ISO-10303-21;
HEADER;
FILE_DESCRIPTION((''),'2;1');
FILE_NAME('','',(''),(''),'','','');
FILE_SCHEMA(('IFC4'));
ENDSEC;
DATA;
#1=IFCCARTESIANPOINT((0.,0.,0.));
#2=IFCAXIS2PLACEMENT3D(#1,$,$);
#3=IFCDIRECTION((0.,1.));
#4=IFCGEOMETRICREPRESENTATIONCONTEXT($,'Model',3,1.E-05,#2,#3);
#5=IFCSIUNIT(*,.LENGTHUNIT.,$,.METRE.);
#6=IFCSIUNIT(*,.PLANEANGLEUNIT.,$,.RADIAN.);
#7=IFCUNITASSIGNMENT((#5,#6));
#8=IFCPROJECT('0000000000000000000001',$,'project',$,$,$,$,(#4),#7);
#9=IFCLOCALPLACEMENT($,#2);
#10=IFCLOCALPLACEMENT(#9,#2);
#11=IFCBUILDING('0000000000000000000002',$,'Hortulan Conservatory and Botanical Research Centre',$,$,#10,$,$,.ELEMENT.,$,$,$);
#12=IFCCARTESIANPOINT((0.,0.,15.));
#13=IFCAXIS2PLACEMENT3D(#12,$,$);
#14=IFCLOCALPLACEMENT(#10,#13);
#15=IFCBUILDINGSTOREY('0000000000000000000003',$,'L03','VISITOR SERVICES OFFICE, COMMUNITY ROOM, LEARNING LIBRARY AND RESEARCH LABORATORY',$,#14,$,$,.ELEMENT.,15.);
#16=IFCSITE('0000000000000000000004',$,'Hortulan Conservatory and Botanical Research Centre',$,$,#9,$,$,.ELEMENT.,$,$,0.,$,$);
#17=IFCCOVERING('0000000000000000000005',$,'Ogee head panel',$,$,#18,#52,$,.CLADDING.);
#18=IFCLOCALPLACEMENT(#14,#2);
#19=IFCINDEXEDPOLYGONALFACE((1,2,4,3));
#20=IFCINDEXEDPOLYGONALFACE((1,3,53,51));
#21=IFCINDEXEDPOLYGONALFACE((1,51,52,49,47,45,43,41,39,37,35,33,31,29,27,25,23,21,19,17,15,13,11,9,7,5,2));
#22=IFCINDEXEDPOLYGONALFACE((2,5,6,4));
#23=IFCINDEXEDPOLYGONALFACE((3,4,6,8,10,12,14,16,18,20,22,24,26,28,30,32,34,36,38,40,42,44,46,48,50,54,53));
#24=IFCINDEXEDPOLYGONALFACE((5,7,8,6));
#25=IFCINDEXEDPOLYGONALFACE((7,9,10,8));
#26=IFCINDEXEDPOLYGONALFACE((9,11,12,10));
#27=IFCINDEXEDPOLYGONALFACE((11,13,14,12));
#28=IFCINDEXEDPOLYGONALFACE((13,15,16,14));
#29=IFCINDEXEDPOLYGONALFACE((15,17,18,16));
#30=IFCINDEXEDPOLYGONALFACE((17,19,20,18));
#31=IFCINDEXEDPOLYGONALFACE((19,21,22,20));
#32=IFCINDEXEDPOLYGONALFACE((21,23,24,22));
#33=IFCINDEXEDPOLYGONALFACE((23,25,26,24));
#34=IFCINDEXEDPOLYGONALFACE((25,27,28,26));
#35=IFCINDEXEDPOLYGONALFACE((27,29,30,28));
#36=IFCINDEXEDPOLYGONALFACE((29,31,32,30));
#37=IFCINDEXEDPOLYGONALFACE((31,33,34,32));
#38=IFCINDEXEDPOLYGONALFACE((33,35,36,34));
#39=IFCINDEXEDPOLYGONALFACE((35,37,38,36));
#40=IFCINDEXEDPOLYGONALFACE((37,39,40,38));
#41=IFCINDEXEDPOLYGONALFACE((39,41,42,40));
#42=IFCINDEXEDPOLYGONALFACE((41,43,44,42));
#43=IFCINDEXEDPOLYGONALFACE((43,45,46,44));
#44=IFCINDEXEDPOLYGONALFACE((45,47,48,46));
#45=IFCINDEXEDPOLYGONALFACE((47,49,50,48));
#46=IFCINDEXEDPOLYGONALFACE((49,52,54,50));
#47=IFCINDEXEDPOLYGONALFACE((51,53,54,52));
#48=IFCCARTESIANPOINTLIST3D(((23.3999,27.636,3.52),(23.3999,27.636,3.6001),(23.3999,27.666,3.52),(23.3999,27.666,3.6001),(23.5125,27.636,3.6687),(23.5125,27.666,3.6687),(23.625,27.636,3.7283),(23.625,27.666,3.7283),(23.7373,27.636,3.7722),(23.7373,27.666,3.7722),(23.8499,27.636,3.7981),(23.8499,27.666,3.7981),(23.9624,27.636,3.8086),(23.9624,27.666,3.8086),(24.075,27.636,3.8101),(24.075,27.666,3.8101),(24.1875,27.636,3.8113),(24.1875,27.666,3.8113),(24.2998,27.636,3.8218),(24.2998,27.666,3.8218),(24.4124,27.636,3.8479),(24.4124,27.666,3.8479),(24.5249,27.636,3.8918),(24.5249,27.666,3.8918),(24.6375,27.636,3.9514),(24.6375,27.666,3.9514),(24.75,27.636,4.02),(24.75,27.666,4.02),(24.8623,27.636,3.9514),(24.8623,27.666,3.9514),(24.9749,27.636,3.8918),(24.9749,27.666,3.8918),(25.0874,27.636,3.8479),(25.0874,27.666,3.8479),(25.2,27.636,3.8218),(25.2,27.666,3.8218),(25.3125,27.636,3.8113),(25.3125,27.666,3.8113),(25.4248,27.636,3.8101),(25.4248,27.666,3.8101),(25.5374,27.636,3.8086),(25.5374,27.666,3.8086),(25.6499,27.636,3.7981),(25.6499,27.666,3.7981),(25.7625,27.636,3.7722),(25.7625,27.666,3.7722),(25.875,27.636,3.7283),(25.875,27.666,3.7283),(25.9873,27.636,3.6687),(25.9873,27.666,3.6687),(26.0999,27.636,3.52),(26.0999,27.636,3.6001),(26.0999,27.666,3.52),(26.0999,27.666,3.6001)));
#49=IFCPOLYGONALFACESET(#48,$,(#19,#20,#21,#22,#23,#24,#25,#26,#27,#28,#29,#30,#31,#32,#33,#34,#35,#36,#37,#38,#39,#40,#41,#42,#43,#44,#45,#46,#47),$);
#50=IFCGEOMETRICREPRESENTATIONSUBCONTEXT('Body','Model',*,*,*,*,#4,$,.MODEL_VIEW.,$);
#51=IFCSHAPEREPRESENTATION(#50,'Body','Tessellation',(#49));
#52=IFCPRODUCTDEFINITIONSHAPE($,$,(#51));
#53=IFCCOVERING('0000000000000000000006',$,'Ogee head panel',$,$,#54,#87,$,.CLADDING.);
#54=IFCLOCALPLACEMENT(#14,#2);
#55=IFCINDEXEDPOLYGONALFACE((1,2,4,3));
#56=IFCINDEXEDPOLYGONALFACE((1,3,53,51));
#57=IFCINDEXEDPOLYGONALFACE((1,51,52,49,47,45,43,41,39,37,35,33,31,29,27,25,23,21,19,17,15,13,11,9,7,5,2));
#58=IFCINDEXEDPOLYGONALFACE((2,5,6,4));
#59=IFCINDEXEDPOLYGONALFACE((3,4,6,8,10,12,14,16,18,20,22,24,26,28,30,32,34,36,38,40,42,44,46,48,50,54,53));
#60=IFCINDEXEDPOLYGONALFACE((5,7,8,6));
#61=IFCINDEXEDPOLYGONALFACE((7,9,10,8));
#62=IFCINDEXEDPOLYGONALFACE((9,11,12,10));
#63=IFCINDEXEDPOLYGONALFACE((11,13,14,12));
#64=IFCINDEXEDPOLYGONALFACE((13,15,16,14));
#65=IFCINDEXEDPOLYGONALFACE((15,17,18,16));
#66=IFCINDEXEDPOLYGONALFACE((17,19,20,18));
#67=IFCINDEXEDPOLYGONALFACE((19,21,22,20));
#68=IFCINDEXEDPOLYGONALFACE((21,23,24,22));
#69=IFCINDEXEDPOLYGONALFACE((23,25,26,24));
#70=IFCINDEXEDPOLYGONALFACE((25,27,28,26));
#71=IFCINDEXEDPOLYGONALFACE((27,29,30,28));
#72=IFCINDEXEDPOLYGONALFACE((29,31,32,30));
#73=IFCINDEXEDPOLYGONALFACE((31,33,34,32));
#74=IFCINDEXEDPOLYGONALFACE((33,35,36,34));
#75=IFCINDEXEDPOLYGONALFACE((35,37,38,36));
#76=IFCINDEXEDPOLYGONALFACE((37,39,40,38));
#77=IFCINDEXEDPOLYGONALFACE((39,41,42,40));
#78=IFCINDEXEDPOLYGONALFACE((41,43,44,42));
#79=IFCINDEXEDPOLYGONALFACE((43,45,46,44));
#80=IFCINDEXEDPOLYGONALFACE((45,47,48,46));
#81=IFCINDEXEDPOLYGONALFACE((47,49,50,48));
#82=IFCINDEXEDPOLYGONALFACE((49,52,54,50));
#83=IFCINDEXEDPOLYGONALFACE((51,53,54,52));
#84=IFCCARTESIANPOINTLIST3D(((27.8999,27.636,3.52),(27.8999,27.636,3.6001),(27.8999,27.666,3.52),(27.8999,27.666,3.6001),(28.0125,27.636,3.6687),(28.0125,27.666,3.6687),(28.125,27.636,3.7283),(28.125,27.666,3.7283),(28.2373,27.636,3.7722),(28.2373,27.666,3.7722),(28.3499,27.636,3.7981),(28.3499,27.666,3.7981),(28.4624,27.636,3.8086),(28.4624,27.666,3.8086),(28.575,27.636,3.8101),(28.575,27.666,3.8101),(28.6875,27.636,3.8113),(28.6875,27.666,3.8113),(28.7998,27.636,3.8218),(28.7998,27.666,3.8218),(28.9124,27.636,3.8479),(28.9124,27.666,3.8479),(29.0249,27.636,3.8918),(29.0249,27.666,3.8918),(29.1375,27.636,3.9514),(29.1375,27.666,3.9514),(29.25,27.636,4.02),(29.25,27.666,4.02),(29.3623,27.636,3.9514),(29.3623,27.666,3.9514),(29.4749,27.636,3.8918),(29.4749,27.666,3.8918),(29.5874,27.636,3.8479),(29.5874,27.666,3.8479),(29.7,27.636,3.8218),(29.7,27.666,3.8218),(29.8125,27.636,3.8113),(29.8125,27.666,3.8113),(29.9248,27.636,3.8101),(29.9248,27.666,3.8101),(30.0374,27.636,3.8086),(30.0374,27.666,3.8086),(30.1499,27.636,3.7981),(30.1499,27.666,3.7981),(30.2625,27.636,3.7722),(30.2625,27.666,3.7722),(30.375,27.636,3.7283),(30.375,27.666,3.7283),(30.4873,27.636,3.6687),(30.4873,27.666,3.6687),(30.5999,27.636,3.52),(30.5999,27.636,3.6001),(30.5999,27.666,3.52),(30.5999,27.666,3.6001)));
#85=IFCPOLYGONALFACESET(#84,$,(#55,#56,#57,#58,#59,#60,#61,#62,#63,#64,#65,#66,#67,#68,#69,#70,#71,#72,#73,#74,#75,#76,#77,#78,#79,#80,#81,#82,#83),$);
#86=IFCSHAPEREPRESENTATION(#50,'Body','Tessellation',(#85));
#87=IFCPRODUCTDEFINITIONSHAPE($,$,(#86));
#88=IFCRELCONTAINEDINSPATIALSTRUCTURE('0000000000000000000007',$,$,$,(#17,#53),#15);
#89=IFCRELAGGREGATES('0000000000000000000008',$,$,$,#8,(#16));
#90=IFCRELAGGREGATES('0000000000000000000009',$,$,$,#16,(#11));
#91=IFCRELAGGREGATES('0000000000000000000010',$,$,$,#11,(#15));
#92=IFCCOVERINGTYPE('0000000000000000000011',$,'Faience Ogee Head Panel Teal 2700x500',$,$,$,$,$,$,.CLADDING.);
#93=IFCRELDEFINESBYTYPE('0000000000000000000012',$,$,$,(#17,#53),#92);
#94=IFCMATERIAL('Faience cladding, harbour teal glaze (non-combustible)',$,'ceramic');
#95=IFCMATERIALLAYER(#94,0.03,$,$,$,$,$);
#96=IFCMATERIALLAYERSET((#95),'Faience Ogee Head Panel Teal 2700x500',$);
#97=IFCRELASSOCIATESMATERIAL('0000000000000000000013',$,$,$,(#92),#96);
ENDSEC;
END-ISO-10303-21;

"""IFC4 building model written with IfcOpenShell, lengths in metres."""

from ifc_helpers import new_model, si_unit, direction, frame, origin, place, context, subcontext, project, spatial, polyline, outline, extrude, material, layer, layer_set, type_object, element, save


model = new_model("IFC4")

# Units and contexts
model_context = context("Model", 3, precision=1e-05, world=origin(), true_north=direction((0.0, 1.0)))
body_context = subcontext(model_context, "Body", "Model", "MODEL_VIEW")
ifc_project = project(units=[si_unit("LENGTHUNIT", "METRE"), si_unit("PLANEANGLEUNIT", "RADIAN")], contexts=[model_context])

# Site, building, storey
site_placement = place(None, origin())
site = spatial("IfcSite", under=ifc_project, at=site_placement, Name="Hortulan Conservatory and Botanical Research Centre", CompositionType="ELEMENT", RefElevation=0.0)
building_placement = place(site_placement, origin())
building = spatial("IfcBuilding", under=site, at=building_placement, Name="Hortulan Conservatory and Botanical Research Centre", CompositionType="ELEMENT")
storey_placement = place(building_placement, frame((0.0, 0.0, 15.0)))
storey = spatial("IfcBuildingStorey", under=building, at=storey_placement, Name="L03", Description="VISITOR SERVICES OFFICE, COMMUNITY ROOM, LEARNING LIBRARY AND RESEARCH LABORATORY", CompositionType="ELEMENT", Elevation=15.0)

# Coverings
ifc_material_1 = material(Name="Faience cladding, harbour teal glaze (non-combustible)", Category="ceramic")
ifc_layer_1 = layer(ifc_material_1, 0.03)
ifc_layer_set_1 = layer_set([ifc_layer_1], Name="Faience Ogee Head Panel Teal 2700x500")
covering_type_1 = type_object("IfcCoveringType", Name="Faience Ogee Head Panel Teal 2700x500", PredefinedType="CLADDING", material=ifc_layer_set_1)
for number, where, z_axis, x_axis, name in (
    (1, (23.3999, 27.6509, 3.52), (0.0, 0.0, 1.0), (1.0, 0.0, 0.0), "Ogee head panel"),
    (2, (27.8999, 27.6509, 3.52), (0.0, 0.0, 1.0), (1.0, 0.0, 0.0), "Ogee head panel"),
):
    element("IfcCovering", number, at=place(storey_placement, frame(where, z_axis=z_axis, x_axis=x_axis)), inside=storey, type_object=covering_type_1, Name=name, PredefinedType="CLADDING", context=body_context, shape_type="SweptSolid", body=[
        extrude(outline(polyline([(0.0, 0.0), (2.7, 0.0), (2.7, 0.0801), (2.5874, 0.1487), (2.4751, 0.2083), (2.3625, 0.2522), (2.25, 0.2781), (2.1375, 0.2886), (2.0249, 0.29), (1.9126, 0.2913), (1.8, 0.3018), (1.6875, 0.3279), (1.575, 0.3718), (1.4624, 0.4314), (1.3501, 0.5), (1.2375, 0.4314), (1.125, 0.3718), (1.0125, 0.3279), (0.8999, 0.3018), (0.7876, 0.2913), (0.675, 0.29), (0.5625, 0.2886), (0.45, 0.2781), (0.3374, 0.2522), (0.2251, 0.2083), (0.1125, 0.1487), (0.0, 0.0801), (0.0, 0.0)])), frame((0.0, 0.0151, 0.0), z_axis=(0.0, -1.0, 0.0), x_axis=(1.0, 0.0, 0.0)), (0.0, 0.0, 1.0), 0.03),
    ])

save(model, "model.ifc")
